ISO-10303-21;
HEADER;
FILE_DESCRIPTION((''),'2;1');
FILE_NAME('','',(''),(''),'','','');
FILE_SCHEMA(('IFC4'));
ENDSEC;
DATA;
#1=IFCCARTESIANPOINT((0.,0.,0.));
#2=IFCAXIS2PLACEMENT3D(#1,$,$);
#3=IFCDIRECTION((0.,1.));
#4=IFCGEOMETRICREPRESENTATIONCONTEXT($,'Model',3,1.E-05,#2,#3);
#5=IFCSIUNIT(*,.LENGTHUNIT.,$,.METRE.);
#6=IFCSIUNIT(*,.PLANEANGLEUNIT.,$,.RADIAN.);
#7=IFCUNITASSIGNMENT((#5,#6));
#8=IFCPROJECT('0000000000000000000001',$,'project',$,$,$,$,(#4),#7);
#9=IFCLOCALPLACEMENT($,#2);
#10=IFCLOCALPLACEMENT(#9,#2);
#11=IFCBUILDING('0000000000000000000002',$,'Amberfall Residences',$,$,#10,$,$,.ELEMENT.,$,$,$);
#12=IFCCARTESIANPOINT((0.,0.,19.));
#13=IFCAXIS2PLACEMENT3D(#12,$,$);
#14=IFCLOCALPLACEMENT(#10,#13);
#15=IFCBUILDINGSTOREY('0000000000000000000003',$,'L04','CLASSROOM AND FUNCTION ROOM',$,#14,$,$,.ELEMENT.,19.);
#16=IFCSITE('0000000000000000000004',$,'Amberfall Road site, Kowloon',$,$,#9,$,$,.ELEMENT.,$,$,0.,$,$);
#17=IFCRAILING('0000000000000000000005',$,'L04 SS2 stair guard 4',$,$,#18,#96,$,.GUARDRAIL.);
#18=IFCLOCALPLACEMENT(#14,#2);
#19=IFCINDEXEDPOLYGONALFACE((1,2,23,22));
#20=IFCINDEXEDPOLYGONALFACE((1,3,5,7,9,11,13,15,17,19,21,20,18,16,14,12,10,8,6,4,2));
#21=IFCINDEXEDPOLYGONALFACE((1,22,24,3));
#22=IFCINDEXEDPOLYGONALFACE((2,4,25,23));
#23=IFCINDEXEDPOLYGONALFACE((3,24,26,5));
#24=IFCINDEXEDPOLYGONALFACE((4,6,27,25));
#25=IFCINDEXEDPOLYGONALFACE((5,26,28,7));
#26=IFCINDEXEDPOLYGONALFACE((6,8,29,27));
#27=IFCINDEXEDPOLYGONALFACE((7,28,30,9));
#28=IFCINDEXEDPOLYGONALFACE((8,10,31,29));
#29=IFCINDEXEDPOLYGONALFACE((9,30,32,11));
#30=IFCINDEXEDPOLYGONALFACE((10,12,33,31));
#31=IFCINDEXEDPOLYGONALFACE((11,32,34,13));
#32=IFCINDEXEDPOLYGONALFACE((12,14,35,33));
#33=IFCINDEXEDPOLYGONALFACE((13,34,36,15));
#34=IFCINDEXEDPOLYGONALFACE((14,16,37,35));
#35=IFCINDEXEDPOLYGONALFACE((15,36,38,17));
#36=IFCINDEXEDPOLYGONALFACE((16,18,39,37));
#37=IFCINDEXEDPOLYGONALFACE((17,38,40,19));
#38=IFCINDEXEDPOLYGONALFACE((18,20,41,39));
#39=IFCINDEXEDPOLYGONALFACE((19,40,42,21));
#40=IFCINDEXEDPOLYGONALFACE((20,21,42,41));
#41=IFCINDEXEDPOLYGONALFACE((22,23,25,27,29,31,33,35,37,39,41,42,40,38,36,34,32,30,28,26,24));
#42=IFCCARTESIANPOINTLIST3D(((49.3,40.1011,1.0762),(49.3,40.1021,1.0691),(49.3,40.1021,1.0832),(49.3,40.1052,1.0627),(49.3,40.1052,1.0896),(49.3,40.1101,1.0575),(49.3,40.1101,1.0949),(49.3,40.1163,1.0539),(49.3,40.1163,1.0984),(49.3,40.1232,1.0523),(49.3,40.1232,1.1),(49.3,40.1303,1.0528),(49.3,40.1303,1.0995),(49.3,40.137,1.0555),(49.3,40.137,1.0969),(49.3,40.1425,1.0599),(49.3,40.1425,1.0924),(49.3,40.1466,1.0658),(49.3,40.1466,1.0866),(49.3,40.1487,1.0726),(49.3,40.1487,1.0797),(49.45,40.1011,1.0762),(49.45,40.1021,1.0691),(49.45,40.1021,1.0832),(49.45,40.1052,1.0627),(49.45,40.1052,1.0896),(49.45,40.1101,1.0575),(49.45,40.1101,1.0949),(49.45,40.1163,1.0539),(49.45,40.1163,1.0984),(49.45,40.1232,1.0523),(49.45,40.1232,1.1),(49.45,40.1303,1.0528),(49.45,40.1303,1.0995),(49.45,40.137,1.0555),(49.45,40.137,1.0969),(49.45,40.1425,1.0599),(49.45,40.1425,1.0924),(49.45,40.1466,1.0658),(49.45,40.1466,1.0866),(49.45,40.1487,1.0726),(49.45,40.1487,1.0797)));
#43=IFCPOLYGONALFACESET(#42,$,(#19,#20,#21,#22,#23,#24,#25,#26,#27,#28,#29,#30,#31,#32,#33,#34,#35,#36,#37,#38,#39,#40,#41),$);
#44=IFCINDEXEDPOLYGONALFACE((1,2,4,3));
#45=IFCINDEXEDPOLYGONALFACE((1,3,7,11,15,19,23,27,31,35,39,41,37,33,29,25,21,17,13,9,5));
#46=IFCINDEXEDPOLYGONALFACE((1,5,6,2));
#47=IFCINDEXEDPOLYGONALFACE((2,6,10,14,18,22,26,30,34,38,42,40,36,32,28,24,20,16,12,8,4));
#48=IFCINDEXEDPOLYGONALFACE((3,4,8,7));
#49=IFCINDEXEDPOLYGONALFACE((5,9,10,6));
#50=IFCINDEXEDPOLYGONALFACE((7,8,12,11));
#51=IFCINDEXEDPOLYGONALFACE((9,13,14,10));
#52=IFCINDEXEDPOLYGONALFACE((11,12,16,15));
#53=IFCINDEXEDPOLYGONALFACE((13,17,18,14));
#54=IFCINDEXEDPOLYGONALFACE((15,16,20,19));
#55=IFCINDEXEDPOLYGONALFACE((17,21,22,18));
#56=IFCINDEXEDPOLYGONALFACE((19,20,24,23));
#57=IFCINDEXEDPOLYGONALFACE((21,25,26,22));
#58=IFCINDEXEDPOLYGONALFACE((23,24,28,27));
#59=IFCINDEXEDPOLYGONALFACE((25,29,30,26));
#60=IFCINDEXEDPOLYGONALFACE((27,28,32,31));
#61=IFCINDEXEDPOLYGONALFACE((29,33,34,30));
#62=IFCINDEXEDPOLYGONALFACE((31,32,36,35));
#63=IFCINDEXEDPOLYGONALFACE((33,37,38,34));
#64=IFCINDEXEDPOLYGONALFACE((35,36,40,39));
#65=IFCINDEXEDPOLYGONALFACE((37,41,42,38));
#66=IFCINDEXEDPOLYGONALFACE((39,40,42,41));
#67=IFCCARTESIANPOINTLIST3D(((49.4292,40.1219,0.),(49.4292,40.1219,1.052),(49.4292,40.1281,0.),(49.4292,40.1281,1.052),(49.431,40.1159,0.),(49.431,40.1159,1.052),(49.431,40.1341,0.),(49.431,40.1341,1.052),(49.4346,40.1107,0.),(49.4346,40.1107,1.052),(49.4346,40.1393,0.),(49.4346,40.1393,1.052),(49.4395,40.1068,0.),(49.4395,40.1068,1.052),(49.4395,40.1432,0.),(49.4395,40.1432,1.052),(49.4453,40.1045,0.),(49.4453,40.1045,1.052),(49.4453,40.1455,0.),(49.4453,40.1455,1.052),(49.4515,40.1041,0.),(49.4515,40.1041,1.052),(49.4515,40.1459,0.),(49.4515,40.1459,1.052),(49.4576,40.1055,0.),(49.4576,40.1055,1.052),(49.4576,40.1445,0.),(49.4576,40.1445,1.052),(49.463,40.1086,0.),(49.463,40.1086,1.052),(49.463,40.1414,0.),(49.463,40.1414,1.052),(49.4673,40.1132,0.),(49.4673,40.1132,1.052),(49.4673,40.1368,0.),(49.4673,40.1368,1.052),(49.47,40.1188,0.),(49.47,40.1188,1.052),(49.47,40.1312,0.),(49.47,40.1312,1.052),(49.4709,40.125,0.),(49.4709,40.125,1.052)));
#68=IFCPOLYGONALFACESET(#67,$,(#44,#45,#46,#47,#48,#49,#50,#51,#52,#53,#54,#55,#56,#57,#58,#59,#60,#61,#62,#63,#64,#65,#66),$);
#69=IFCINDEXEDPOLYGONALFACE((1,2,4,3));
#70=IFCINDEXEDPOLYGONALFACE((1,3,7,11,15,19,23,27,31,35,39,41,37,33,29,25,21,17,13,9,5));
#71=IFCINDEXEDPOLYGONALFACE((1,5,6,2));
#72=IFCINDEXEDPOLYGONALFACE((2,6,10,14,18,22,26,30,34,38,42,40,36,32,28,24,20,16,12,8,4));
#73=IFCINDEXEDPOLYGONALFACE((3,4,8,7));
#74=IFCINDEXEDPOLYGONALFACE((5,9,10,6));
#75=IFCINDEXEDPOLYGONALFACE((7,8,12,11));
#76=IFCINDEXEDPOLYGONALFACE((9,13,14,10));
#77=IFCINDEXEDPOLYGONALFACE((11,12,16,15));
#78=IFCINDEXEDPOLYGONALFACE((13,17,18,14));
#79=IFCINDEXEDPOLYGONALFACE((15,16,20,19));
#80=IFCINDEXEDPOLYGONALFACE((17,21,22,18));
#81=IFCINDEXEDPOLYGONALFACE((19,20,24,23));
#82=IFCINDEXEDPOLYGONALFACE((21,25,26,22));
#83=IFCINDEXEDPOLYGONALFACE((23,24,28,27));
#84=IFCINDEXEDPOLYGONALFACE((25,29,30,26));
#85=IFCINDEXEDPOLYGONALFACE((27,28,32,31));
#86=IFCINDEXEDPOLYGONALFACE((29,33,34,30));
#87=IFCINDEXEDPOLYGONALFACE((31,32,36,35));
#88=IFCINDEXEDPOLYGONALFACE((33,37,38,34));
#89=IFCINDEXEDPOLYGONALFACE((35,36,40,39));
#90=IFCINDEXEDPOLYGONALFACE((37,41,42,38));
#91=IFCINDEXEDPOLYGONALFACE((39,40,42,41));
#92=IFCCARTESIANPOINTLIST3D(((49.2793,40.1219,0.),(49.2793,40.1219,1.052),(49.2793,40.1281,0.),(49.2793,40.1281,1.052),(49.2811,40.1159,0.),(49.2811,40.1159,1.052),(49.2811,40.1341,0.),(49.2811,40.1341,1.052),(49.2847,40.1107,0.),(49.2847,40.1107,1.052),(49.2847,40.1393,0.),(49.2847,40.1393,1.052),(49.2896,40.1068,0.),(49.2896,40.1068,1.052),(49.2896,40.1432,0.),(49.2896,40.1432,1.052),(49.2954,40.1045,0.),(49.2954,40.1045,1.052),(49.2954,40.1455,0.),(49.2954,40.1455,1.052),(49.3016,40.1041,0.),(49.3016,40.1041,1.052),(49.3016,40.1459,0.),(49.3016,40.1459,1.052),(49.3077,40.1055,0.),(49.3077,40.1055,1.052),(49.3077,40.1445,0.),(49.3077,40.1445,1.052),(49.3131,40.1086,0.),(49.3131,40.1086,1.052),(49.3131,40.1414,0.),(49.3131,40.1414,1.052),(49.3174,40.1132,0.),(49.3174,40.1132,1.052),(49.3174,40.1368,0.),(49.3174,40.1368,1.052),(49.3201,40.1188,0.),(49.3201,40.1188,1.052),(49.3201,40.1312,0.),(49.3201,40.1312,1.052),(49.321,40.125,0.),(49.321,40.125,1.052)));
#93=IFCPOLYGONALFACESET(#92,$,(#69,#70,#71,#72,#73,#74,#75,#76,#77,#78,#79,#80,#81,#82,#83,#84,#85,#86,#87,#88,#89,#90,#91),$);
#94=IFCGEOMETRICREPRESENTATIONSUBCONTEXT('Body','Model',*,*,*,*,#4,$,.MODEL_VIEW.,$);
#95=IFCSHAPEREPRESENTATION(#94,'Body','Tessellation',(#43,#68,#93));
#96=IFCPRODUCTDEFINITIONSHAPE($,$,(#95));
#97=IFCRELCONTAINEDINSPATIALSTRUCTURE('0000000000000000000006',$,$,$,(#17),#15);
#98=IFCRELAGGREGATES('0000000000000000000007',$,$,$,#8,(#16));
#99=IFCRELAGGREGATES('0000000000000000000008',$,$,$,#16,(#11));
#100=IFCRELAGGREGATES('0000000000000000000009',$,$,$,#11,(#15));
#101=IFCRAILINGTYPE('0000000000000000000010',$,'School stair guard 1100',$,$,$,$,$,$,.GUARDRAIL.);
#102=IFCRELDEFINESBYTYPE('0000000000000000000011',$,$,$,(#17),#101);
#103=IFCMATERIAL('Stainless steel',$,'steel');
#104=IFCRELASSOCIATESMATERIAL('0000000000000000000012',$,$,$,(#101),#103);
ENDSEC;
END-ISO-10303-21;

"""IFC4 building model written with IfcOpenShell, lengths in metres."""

from ifc_helpers import new_model, si_unit, direction, frame, origin, origin_2d, place, context, subcontext, project, spatial, circle, extrude, material, type_object, element, save


model = new_model("IFC4")

# Units and contexts
model_context = context("Model", 3, precision=1e-05, world=origin(), true_north=direction((0.0, 1.0)))
body_context = subcontext(model_context, "Body", "Model", "MODEL_VIEW")
ifc_project = project(units=[si_unit("LENGTHUNIT", "METRE"), si_unit("PLANEANGLEUNIT", "RADIAN")], contexts=[model_context])

# Site, building, storey
site_placement = place(None, origin())
site = spatial("IfcSite", under=ifc_project, at=site_placement, Name="Amberfall Road site, Kowloon", CompositionType="ELEMENT", RefElevation=0.0)
building_placement = place(site_placement, origin())
building = spatial("IfcBuilding", under=site, at=building_placement, Name="Amberfall Residences", CompositionType="ELEMENT")
storey_placement = place(building_placement, frame((0.0, 0.0, 19.0)))
storey = spatial("IfcBuildingStorey", under=building, at=storey_placement, Name="L04", Description="CLASSROOM AND FUNCTION ROOM", CompositionType="ELEMENT", Elevation=19.0)

# Railing
ifc_material_1 = material(Name="Stainless steel", Category="steel")
railing_type_1 = type_object("IfcRailingType", Name="School stair guard 1100", PredefinedType="GUARDRAIL", material=ifc_material_1)
railing_1_placement = place(storey_placement, frame((49.45, 40.125, 0.0)))
element("IfcRailing", 1, at=railing_1_placement, inside=storey, type_object=railing_type_1, Name="L04 SS2 stair guard 4", PredefinedType="GUARDRAIL", context=body_context, shape_type="SweptSolid", body=[
    extrude(circle(Radius=0.0239, at=origin_2d()), frame((0.0, 0.0, 1.0762), z_axis=(-1.0, 0.0, 0.0), x_axis=(0.0, -1.0, 0.0)), (0.0, 0.0, 1.0), 0.1499),
    extrude(circle(Radius=0.021, at=origin_2d()), origin(), (0.0, 0.0, 1.0), 1.052),
    extrude(circle(Radius=0.021, at=origin_2d()), frame((-0.1499, 0.0, 0.0)), (0.0, 0.0, 1.0), 1.052),
])

save(model, "model.ifc")
